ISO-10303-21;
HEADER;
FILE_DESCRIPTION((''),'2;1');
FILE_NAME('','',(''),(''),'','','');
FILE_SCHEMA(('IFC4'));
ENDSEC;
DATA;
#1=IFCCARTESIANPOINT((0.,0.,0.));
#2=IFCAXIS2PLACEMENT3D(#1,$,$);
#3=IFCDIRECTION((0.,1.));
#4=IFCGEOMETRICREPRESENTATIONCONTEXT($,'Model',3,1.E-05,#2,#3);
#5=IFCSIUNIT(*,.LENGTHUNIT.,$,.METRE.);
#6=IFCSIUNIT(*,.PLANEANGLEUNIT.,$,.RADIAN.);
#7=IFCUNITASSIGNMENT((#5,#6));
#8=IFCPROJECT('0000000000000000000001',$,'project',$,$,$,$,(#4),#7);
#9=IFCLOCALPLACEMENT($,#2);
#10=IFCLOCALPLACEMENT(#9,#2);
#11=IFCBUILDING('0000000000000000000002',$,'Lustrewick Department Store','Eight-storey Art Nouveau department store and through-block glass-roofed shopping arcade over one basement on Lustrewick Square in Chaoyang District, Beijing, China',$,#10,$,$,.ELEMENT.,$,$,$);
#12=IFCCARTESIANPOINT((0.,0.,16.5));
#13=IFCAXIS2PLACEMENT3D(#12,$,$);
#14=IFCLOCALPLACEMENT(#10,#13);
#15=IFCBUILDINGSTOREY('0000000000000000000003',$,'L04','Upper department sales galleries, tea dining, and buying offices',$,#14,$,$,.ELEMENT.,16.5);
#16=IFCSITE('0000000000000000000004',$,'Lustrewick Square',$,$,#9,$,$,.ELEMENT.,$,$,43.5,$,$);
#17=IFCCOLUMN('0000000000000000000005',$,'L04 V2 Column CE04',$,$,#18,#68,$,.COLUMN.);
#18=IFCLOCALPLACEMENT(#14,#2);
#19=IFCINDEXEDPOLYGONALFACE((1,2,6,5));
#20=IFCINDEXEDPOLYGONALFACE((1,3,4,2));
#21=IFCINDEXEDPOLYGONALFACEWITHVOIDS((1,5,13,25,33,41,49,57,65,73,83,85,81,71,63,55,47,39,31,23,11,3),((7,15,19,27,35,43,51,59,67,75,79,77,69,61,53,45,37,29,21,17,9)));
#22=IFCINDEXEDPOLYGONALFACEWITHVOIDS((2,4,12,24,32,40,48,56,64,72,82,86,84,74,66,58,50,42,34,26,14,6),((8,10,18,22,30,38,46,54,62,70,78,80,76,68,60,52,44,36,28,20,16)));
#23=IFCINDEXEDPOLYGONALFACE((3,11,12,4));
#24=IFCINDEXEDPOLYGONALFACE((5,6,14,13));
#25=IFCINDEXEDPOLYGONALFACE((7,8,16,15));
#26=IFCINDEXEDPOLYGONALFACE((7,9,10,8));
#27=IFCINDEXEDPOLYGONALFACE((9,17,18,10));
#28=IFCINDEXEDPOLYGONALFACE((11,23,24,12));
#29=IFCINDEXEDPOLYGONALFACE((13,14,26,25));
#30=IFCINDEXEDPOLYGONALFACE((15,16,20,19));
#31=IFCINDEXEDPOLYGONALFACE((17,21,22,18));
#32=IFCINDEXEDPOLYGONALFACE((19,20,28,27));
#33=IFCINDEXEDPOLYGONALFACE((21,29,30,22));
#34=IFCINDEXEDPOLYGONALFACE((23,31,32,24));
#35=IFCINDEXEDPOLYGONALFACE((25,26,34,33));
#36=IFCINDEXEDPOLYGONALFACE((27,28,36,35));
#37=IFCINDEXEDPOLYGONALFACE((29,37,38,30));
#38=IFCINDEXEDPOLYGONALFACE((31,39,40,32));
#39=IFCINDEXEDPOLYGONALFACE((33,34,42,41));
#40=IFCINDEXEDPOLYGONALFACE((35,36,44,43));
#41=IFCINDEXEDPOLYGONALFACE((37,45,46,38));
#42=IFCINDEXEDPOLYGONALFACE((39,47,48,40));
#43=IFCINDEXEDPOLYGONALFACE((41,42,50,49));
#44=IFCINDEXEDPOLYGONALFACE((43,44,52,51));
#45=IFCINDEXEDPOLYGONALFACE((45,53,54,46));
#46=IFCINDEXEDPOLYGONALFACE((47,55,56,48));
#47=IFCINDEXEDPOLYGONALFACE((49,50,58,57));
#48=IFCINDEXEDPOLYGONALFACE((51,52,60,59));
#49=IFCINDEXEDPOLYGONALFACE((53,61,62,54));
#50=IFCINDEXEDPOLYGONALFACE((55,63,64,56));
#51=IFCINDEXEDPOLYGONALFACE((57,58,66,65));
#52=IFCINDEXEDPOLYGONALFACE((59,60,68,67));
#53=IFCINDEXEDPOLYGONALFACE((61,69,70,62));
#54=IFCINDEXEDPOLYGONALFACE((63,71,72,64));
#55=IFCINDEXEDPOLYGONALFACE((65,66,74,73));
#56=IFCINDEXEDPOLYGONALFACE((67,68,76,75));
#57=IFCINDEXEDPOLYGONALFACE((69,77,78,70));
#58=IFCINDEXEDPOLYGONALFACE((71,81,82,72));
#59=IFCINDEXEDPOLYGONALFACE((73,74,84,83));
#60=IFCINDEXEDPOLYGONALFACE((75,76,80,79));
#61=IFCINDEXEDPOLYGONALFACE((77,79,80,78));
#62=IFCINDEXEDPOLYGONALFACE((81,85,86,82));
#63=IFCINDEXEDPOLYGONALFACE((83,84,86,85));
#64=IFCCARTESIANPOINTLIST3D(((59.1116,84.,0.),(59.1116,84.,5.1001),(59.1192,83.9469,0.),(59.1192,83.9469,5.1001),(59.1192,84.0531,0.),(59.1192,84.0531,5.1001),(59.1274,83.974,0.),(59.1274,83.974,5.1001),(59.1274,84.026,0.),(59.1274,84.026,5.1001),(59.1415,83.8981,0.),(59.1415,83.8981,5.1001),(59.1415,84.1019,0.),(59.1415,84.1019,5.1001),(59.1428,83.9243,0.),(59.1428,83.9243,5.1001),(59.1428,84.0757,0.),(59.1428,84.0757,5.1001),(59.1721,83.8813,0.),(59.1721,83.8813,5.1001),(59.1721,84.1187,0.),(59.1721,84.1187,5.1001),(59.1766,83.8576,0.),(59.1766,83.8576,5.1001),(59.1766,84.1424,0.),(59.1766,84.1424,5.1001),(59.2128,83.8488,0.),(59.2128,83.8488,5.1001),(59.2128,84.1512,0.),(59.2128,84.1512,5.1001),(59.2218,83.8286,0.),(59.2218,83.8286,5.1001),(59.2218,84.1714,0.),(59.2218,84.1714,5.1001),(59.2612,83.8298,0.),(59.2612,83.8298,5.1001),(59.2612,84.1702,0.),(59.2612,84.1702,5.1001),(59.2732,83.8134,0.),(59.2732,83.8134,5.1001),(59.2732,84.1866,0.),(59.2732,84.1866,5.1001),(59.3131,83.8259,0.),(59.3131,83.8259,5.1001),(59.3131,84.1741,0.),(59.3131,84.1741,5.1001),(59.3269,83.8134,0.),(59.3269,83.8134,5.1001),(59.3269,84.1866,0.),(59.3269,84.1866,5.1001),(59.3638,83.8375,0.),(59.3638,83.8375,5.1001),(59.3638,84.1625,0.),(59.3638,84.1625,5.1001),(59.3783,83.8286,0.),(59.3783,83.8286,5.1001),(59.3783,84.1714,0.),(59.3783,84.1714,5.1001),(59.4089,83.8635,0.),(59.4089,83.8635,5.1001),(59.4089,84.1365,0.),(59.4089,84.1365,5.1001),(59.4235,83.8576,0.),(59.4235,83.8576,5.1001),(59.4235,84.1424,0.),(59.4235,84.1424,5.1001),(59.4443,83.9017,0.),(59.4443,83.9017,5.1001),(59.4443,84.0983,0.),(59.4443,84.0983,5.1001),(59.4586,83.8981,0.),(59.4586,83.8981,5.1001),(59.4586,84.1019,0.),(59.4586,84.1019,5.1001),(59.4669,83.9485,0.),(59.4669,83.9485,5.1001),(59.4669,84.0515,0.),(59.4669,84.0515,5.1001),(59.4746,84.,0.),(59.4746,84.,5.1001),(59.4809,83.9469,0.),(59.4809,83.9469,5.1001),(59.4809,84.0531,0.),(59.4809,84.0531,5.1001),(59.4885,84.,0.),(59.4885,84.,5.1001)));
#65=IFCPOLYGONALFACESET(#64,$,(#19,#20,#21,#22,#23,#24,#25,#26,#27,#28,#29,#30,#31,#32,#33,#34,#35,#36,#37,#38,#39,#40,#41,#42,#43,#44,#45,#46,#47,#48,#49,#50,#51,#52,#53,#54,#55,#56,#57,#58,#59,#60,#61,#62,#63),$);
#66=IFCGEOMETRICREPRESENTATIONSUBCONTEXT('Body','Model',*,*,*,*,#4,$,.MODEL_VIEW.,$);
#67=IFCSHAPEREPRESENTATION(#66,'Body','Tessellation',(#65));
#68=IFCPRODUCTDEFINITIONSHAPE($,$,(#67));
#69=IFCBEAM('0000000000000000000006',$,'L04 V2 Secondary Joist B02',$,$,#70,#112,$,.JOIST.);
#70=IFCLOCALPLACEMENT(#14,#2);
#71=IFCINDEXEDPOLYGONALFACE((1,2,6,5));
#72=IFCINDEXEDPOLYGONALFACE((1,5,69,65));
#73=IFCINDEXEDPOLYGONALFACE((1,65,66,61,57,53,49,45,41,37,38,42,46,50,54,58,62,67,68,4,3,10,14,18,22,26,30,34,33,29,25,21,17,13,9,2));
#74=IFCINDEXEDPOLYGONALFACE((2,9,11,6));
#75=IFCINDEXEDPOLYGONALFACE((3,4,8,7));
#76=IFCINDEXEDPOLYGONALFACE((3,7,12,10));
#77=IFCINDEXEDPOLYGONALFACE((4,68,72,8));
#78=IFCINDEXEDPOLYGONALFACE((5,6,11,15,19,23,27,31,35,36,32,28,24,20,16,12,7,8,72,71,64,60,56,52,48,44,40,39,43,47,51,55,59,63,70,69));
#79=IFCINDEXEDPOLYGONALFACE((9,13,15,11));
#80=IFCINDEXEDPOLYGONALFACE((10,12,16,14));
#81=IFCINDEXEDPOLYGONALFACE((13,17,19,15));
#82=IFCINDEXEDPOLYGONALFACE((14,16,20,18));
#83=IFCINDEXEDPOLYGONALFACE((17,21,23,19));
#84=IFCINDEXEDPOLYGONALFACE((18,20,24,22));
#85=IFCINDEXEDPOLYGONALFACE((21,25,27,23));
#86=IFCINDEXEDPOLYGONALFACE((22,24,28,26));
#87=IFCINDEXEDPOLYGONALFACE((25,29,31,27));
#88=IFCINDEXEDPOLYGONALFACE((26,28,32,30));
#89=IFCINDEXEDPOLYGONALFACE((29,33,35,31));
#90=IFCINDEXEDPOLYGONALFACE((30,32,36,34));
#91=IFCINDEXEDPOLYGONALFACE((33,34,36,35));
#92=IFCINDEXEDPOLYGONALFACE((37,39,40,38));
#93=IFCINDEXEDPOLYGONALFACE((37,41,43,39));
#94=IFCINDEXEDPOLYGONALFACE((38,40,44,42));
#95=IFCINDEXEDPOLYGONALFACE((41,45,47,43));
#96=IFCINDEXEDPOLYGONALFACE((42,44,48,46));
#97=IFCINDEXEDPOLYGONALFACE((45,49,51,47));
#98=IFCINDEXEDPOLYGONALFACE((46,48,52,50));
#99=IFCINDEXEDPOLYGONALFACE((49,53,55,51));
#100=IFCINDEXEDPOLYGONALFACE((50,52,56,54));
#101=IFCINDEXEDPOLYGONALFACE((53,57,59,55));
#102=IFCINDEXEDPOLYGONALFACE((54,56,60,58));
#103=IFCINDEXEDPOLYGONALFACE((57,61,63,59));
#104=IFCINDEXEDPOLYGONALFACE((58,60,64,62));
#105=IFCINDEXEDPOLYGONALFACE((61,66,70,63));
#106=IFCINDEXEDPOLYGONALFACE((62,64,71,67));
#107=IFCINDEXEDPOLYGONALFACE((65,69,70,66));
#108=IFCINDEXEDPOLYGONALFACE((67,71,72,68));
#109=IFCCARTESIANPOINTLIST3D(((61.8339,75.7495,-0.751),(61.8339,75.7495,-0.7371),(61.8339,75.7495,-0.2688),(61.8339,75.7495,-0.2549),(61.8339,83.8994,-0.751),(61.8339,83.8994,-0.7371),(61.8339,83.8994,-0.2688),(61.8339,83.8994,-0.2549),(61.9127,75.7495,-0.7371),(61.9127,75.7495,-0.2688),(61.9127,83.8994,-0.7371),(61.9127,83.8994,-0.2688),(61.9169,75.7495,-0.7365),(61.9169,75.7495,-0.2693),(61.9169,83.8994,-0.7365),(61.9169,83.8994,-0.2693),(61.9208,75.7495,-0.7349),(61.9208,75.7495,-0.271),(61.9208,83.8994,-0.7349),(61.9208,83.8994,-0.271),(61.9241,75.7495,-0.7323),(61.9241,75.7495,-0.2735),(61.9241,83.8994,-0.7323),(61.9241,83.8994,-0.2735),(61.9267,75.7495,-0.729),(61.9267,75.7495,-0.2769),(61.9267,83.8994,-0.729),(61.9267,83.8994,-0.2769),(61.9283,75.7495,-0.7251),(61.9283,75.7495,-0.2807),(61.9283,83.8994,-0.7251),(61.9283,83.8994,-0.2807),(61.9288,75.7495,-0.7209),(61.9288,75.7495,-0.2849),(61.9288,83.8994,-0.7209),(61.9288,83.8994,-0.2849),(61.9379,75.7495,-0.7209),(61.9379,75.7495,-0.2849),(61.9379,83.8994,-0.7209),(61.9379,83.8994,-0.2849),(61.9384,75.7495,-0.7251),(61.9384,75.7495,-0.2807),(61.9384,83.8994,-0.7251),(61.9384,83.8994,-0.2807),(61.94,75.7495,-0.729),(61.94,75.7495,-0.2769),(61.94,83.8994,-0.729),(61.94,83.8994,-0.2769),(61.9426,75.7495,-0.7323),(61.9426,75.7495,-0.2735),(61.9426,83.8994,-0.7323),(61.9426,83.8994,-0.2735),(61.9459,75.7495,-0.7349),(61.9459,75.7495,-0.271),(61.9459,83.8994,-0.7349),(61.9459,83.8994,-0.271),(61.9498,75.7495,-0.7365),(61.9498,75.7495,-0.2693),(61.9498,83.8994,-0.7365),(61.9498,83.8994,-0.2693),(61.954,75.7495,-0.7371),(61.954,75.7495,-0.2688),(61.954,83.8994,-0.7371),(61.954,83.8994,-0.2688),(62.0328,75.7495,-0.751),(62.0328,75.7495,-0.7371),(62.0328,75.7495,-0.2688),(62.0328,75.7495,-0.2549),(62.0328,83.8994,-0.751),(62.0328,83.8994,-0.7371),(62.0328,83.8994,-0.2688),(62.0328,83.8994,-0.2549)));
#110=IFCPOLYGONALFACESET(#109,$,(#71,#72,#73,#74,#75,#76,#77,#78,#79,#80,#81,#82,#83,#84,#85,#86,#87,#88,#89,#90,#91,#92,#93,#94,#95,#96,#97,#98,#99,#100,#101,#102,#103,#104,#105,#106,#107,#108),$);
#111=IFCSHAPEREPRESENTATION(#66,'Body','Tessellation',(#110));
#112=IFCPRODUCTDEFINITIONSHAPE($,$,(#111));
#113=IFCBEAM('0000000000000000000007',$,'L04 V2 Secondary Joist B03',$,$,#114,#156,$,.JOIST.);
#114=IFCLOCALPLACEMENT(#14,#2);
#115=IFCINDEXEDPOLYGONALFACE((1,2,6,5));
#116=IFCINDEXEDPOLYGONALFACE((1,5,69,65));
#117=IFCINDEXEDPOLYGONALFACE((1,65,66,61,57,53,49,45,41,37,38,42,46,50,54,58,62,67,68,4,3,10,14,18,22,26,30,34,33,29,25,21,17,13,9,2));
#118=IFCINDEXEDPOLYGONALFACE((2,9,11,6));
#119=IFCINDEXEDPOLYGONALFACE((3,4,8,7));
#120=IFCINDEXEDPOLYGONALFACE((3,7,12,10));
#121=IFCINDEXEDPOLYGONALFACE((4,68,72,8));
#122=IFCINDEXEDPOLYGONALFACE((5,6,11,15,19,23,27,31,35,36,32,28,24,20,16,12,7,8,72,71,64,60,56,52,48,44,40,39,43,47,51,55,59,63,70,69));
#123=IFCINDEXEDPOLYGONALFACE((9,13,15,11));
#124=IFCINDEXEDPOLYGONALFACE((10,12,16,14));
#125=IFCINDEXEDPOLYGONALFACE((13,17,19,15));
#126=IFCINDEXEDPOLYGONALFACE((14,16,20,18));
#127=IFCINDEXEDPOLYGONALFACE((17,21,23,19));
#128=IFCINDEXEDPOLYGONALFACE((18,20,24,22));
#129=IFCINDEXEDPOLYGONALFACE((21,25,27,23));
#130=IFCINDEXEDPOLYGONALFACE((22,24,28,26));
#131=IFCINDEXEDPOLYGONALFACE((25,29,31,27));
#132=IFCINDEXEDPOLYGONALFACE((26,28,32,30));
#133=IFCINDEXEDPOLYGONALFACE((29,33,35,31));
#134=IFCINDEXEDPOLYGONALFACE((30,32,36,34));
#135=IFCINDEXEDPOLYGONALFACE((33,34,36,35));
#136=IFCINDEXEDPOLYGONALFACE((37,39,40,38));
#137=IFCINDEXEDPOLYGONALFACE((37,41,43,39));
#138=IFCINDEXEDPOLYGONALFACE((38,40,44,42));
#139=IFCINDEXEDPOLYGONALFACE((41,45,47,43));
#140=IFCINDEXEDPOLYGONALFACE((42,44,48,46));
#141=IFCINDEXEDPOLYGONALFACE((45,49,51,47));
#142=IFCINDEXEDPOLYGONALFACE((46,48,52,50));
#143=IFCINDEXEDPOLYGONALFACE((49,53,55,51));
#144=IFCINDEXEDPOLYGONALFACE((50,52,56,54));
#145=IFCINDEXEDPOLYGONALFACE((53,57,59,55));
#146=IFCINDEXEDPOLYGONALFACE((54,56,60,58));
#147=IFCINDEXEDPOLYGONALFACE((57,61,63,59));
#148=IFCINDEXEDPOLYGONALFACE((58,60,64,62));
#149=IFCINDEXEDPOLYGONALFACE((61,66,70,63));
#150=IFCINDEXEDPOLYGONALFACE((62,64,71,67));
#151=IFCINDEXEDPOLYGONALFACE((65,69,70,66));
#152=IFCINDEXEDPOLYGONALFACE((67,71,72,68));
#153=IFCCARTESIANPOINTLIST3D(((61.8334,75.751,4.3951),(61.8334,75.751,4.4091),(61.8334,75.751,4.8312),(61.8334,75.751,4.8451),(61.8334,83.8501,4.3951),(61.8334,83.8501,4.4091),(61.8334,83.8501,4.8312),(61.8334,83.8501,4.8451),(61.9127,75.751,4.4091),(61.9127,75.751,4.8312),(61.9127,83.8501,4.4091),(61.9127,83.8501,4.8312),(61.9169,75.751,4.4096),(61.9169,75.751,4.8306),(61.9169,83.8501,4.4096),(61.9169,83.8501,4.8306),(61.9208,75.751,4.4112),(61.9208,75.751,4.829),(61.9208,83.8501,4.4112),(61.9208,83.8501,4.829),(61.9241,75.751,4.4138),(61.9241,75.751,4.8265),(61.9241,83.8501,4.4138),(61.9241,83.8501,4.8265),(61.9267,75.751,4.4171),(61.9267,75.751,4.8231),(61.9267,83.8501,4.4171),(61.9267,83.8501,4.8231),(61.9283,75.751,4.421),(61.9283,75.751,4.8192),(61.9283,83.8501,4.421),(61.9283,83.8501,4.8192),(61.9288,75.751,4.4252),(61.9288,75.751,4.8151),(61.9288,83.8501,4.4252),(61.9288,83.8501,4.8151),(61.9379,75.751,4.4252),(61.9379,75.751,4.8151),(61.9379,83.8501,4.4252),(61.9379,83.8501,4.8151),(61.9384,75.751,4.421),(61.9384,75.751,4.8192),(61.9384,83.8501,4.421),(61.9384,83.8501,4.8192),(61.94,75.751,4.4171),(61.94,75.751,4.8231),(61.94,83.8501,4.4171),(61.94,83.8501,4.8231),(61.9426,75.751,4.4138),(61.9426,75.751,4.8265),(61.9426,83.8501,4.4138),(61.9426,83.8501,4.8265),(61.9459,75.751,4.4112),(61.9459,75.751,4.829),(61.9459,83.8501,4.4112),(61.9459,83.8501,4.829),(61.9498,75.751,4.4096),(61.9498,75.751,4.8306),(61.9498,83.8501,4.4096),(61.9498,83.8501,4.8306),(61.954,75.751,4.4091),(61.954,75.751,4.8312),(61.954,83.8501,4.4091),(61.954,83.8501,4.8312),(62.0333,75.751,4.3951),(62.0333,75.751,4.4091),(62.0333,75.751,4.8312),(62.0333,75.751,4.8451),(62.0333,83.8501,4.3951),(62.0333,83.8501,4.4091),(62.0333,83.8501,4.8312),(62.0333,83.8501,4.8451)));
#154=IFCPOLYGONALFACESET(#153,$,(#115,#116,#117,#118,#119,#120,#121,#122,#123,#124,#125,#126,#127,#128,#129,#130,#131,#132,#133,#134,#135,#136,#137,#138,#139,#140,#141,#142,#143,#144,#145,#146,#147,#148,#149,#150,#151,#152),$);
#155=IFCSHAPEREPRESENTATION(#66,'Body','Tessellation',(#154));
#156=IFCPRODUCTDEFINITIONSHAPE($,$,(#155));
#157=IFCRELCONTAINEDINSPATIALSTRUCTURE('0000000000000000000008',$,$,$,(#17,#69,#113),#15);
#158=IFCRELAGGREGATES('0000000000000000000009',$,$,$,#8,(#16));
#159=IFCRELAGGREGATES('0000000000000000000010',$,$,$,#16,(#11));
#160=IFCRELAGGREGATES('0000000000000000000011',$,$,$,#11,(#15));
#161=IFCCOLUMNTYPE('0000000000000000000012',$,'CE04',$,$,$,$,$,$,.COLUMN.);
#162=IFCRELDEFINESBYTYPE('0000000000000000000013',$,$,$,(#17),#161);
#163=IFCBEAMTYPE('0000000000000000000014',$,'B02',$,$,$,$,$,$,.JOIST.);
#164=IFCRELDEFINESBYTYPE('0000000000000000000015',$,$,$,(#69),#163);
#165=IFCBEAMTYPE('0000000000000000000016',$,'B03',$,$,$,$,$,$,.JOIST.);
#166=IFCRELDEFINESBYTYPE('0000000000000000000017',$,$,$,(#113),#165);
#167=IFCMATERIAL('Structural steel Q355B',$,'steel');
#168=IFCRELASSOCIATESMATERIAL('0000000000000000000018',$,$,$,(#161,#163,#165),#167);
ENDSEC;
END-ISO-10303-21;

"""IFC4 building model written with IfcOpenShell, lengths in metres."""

from ifc_helpers import new_model, si_unit, direction, frame, origin, origin_2d, place, context, subcontext, project, spatial, hollow_circle, i_section, extrude, material, material_profile, profile_set, type_object, element, save


model = new_model("IFC4")

# Units and contexts
model_context = context("Model", 3, precision=1e-05, world=origin(), true_north=direction((0.0, 1.0)))
body_context = subcontext(model_context, "Body", "Model", "MODEL_VIEW")
ifc_project = project(units=[si_unit("LENGTHUNIT", "METRE"), si_unit("PLANEANGLEUNIT", "RADIAN")], contexts=[model_context])

# Site, building, storey
site_placement = place(None, origin())
site = spatial("IfcSite", under=ifc_project, at=site_placement, Name="Lustrewick Square", CompositionType="ELEMENT", RefElevation=43.5)
building_placement = place(site_placement, origin())
building = spatial("IfcBuilding", under=site, at=building_placement, Name="Lustrewick Department Store", Description="Eight-storey Art Nouveau department store and through-block glass-roofed shopping arcade over one basement on Lustrewick Square in Chaoyang District, Beijing, China", CompositionType="ELEMENT")
storey_placement = place(building_placement, frame((0.0, 0.0, 16.5)))
storey = spatial("IfcBuildingStorey", under=building, at=storey_placement, Name="L04", Description="Upper department sales galleries, tea dining, and buying offices", CompositionType="ELEMENT", Elevation=16.5)

# Column
ifc_material_1 = material(Name="Structural steel Q355B", Category="steel")
ifc_material_profile_1 = material_profile(ifc_material_1, hollow_circle(Radius=0.1885, WallThickness=0.0139, at=origin_2d()), Name="CHS 377x14")
ifc_profile_set_1 = profile_set([ifc_material_profile_1], Name="Structural steel Q355B")
column_type_1 = type_object("IfcColumnType", Name="CE04", PredefinedType="COLUMN", material=ifc_profile_set_1)
column_1_placement = place(storey_placement, frame((59.3, 84.0, 0.0), z_axis=(0.0, 0.0, 1.0), x_axis=(1.0, 0.0, 0.0)))
element("IfcColumn", 1, at=column_1_placement, inside=storey, type_object=column_type_1, Name="L04 V2 Column CE04", PredefinedType="COLUMN", context=body_context, shape_type="SweptSolid", body=[
    extrude(hollow_circle(Radius=0.1885, WallThickness=0.0139, at=origin_2d()), origin(), (0.0, 0.0, 1.0), 5.1001),
])

# Beams
ifc_material_profile_2 = material_profile(ifc_material_1, i_section(OverallWidth=0.199, OverallDepth=0.4961, WebThickness=0.009, FlangeThickness=0.0139, FilletRadius=0.0161, at=origin_2d()), Name="HN 496x199x9x14")
ifc_profile_set_2 = profile_set([ifc_material_profile_2], Name="Structural steel Q355B")
beam_type_1 = type_object("IfcBeamType", Name="B02", PredefinedType="JOIST", material=ifc_profile_set_2)
beam_1_placement = place(storey_placement, frame((61.9333, 75.7495, -0.5029), z_axis=(0.0, 1.0, 0.0), x_axis=(-1.0, 0.0, 0.0)))
element("IfcBeam", 2, at=beam_1_placement, inside=storey, type_object=beam_type_1, Name="L04 V2 Secondary Joist B02", PredefinedType="JOIST", context=body_context, shape_type="SweptSolid", body=[
    extrude(i_section(OverallWidth=0.199, OverallDepth=0.4961, WebThickness=0.009, FlangeThickness=0.0139, FilletRadius=0.0161, at=origin_2d()), origin(), (0.0, 0.0, 1.0), 8.1499),
])
ifc_material_profile_3 = material_profile(ifc_material_1, i_section(OverallWidth=0.2, OverallDepth=0.45, WebThickness=0.009, FlangeThickness=0.0139, FilletRadius=0.0161, at=origin_2d()), Name="HN 450x200x9x14")
ifc_profile_set_3 = profile_set([ifc_material_profile_3], Name="Structural steel Q355B")
beam_type_2 = type_object("IfcBeamType", Name="B03", PredefinedType="JOIST", material=ifc_profile_set_3)
beam_2_placement = place(storey_placement, frame((61.9333, 75.751, 4.6201), z_axis=(0.0, 1.0, 0.0), x_axis=(-1.0, 0.0, 0.0)))
element("IfcBeam", 3, at=beam_2_placement, inside=storey, type_object=beam_type_2, Name="L04 V2 Secondary Joist B03", PredefinedType="JOIST", context=body_context, shape_type="SweptSolid", body=[
    extrude(i_section(OverallWidth=0.2, OverallDepth=0.45, WebThickness=0.009, FlangeThickness=0.0139, FilletRadius=0.0161, at=origin_2d()), origin(), (0.0, 0.0, 1.0), 8.0991),
])

save(model, "model.ifc")
